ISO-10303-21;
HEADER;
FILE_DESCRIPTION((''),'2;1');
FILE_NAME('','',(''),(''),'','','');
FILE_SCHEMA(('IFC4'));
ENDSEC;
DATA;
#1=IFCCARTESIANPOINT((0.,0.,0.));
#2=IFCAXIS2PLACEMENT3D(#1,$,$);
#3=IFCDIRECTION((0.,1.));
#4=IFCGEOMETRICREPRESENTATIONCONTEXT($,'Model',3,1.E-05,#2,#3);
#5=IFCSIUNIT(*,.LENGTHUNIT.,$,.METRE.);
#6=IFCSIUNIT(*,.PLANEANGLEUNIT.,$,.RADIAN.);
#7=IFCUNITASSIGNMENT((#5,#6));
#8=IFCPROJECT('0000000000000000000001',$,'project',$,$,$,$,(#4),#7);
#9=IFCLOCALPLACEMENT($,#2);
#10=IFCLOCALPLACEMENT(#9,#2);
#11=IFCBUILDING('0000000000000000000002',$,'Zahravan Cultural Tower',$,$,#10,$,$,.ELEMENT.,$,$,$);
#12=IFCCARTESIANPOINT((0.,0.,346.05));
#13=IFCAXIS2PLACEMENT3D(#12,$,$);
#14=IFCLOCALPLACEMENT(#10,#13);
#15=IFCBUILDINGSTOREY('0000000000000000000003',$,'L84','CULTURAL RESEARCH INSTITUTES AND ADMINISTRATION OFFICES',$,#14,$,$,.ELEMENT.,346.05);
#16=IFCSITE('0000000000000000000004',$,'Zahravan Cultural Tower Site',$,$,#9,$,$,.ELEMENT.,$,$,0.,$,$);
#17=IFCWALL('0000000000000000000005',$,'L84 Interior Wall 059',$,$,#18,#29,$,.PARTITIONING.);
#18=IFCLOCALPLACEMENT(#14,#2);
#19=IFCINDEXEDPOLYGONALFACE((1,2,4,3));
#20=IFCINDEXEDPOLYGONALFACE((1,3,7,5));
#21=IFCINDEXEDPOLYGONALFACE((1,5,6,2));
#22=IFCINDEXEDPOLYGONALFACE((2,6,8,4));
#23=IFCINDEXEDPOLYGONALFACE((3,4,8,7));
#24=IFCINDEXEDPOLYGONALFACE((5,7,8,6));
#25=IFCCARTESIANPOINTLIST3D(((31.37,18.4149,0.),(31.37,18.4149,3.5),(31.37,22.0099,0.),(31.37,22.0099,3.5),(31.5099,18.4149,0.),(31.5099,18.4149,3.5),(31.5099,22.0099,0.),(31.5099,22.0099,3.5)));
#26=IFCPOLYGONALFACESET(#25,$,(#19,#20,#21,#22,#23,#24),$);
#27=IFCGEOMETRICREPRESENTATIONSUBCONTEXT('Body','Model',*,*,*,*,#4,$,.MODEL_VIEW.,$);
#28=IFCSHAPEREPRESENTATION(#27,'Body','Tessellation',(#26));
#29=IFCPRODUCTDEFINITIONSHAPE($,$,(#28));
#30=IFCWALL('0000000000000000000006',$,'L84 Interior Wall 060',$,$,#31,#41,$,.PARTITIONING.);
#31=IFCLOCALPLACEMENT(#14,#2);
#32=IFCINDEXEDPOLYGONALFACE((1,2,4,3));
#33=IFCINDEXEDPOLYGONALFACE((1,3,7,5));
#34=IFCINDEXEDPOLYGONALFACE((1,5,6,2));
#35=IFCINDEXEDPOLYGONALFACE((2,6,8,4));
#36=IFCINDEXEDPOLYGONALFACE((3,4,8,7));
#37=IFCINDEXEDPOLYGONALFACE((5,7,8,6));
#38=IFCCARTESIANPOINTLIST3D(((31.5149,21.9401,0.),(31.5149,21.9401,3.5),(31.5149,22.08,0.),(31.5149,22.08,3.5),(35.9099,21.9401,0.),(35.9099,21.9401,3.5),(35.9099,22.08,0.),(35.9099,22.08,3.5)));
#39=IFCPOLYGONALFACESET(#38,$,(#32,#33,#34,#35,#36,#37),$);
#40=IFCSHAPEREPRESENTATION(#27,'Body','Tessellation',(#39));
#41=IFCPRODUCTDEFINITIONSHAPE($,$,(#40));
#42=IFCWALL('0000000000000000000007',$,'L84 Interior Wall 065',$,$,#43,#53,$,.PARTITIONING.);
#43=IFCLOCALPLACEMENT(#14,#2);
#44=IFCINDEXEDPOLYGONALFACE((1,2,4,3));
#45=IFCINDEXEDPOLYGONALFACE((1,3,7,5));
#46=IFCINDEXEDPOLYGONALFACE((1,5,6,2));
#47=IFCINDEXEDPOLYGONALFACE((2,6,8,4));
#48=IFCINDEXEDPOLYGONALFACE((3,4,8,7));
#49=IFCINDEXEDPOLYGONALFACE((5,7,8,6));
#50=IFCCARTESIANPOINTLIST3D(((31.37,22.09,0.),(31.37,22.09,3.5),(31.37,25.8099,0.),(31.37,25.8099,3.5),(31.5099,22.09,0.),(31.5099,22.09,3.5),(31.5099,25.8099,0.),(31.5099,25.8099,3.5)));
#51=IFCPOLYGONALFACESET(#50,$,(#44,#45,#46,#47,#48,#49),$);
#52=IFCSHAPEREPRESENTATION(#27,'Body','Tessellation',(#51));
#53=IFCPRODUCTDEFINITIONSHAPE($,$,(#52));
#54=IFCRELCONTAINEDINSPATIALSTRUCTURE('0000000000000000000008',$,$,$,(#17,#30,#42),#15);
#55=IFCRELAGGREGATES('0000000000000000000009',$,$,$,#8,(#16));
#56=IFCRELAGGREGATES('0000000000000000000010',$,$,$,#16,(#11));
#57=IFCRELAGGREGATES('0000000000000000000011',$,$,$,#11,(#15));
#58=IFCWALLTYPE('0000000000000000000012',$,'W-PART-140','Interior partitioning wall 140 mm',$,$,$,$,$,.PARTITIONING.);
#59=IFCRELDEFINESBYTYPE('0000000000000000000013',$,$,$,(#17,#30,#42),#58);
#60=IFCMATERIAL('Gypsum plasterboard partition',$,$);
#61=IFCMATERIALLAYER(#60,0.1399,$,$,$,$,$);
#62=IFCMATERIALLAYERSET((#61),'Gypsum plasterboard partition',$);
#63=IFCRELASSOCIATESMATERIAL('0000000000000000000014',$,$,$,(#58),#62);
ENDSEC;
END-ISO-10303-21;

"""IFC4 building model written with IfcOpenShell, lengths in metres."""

from ifc_helpers import new_model, si_unit, direction, frame, frame_2d, origin, place, context, subcontext, project, spatial, rectangle, extrude, source, transform, mapped, material, layer, layer_set, type_object, element, save


model = new_model("IFC4")

# Units and contexts
model_context = context("Model", 3, precision=1e-05, world=origin(), true_north=direction((0.0, 1.0)))
body_context = subcontext(model_context, "Body", "Model", "MODEL_VIEW")
ifc_project = project(units=[si_unit("LENGTHUNIT", "METRE"), si_unit("PLANEANGLEUNIT", "RADIAN")], contexts=[model_context])

# Site, building, storey
site_placement = place(None, origin())
site = spatial("IfcSite", under=ifc_project, at=site_placement, Name="Zahravan Cultural Tower Site", CompositionType="ELEMENT", RefElevation=0.0)
building_placement = place(site_placement, origin())
building = spatial("IfcBuilding", under=site, at=building_placement, Name="Zahravan Cultural Tower", CompositionType="ELEMENT")
storey_placement = place(building_placement, frame((0.0, 0.0, 346.05)))
storey = spatial("IfcBuildingStorey", under=building, at=storey_placement, Name="L84", Description="CULTURAL RESEARCH INSTITUTES AND ADMINISTRATION OFFICES", CompositionType="ELEMENT", Elevation=346.05)

# Shared definitions
ifc_material_1 = material(Name="Gypsum plasterboard partition")
ifc_layer_1 = layer(ifc_material_1, 0.1399)
ifc_layer_set_1 = layer_set([ifc_layer_1], Name="Gypsum plasterboard partition")
wall_type_1 = type_object("IfcWallType", Name="W-PART-140", Description="Interior partitioning wall 140 mm", PredefinedType="PARTITIONING", material=ifc_layer_set_1)

# Walls
shared_shape_1 = source(origin(), body_context, "Body", "SweptSolid", [
    extrude(rectangle(XDim=3.595, YDim=0.1399, at=frame_2d((1.7974, 0.0))), origin(), (0.0, 0.0, 1.0), 3.5),
])
wall_1_placement = place(storey_placement, frame((31.4399, 18.415, 0.0), z_axis=(0.0, 0.0, 1.0), x_axis=(0.0, 1.0, 0.0)))
element("IfcWall", 1, at=wall_1_placement, inside=storey, type_object=wall_type_1, Name="L84 Interior Wall 059", PredefinedType="PARTITIONING", context=body_context, shape_type="MappedRepresentation", body=[
    mapped(shared_shape_1, transform((0.0, 0.0, 0.0), x_axis=(1.0, 0.0, 0.0), y_axis=(0.0, 1.0, 0.0), z_axis=(0.0, 0.0, 1.0), scale=1.0)),
])
shared_shape_2 = source(origin(), body_context, "Body", "SweptSolid", [
    extrude(rectangle(XDim=4.395, YDim=0.1399, at=frame_2d((2.1975, 0.0))), origin(), (0.0, 0.0, 1.0), 3.5),
])
wall_2_placement = place(storey_placement, frame((31.5149, 22.01, 0.0), z_axis=(0.0, 0.0, 1.0), x_axis=(1.0, 0.0, 0.0)))
element("IfcWall", 2, at=wall_2_placement, inside=storey, type_object=wall_type_1, Name="L84 Interior Wall 060", PredefinedType="PARTITIONING", context=body_context, shape_type="MappedRepresentation", body=[
    mapped(shared_shape_2, transform((0.0, 0.0, 0.0), x_axis=(1.0, 0.0, 0.0), y_axis=(0.0, 1.0, 0.0), z_axis=(0.0, 0.0, 1.0), scale=1.0)),
])
shared_shape_3 = source(origin(), body_context, "Body", "SweptSolid", [
    extrude(rectangle(XDim=3.72, YDim=0.1399, at=frame_2d((1.8599, 0.0))), origin(), (0.0, 0.0, 1.0), 3.5),
])
wall_3_placement = place(storey_placement, frame((31.4399, 22.0901, 0.0), z_axis=(0.0, 0.0, 1.0), x_axis=(0.0, 1.0, 0.0)))
element("IfcWall", 3, at=wall_3_placement, inside=storey, type_object=wall_type_1, Name="L84 Interior Wall 065", PredefinedType="PARTITIONING", context=body_context, shape_type="MappedRepresentation", body=[
    mapped(shared_shape_3, transform((0.0, 0.0, 0.0), x_axis=(1.0, 0.0, 0.0), y_axis=(0.0, 1.0, 0.0), z_axis=(0.0, 0.0, 1.0), scale=1.0)),
])

save(model, "model.ifc")
